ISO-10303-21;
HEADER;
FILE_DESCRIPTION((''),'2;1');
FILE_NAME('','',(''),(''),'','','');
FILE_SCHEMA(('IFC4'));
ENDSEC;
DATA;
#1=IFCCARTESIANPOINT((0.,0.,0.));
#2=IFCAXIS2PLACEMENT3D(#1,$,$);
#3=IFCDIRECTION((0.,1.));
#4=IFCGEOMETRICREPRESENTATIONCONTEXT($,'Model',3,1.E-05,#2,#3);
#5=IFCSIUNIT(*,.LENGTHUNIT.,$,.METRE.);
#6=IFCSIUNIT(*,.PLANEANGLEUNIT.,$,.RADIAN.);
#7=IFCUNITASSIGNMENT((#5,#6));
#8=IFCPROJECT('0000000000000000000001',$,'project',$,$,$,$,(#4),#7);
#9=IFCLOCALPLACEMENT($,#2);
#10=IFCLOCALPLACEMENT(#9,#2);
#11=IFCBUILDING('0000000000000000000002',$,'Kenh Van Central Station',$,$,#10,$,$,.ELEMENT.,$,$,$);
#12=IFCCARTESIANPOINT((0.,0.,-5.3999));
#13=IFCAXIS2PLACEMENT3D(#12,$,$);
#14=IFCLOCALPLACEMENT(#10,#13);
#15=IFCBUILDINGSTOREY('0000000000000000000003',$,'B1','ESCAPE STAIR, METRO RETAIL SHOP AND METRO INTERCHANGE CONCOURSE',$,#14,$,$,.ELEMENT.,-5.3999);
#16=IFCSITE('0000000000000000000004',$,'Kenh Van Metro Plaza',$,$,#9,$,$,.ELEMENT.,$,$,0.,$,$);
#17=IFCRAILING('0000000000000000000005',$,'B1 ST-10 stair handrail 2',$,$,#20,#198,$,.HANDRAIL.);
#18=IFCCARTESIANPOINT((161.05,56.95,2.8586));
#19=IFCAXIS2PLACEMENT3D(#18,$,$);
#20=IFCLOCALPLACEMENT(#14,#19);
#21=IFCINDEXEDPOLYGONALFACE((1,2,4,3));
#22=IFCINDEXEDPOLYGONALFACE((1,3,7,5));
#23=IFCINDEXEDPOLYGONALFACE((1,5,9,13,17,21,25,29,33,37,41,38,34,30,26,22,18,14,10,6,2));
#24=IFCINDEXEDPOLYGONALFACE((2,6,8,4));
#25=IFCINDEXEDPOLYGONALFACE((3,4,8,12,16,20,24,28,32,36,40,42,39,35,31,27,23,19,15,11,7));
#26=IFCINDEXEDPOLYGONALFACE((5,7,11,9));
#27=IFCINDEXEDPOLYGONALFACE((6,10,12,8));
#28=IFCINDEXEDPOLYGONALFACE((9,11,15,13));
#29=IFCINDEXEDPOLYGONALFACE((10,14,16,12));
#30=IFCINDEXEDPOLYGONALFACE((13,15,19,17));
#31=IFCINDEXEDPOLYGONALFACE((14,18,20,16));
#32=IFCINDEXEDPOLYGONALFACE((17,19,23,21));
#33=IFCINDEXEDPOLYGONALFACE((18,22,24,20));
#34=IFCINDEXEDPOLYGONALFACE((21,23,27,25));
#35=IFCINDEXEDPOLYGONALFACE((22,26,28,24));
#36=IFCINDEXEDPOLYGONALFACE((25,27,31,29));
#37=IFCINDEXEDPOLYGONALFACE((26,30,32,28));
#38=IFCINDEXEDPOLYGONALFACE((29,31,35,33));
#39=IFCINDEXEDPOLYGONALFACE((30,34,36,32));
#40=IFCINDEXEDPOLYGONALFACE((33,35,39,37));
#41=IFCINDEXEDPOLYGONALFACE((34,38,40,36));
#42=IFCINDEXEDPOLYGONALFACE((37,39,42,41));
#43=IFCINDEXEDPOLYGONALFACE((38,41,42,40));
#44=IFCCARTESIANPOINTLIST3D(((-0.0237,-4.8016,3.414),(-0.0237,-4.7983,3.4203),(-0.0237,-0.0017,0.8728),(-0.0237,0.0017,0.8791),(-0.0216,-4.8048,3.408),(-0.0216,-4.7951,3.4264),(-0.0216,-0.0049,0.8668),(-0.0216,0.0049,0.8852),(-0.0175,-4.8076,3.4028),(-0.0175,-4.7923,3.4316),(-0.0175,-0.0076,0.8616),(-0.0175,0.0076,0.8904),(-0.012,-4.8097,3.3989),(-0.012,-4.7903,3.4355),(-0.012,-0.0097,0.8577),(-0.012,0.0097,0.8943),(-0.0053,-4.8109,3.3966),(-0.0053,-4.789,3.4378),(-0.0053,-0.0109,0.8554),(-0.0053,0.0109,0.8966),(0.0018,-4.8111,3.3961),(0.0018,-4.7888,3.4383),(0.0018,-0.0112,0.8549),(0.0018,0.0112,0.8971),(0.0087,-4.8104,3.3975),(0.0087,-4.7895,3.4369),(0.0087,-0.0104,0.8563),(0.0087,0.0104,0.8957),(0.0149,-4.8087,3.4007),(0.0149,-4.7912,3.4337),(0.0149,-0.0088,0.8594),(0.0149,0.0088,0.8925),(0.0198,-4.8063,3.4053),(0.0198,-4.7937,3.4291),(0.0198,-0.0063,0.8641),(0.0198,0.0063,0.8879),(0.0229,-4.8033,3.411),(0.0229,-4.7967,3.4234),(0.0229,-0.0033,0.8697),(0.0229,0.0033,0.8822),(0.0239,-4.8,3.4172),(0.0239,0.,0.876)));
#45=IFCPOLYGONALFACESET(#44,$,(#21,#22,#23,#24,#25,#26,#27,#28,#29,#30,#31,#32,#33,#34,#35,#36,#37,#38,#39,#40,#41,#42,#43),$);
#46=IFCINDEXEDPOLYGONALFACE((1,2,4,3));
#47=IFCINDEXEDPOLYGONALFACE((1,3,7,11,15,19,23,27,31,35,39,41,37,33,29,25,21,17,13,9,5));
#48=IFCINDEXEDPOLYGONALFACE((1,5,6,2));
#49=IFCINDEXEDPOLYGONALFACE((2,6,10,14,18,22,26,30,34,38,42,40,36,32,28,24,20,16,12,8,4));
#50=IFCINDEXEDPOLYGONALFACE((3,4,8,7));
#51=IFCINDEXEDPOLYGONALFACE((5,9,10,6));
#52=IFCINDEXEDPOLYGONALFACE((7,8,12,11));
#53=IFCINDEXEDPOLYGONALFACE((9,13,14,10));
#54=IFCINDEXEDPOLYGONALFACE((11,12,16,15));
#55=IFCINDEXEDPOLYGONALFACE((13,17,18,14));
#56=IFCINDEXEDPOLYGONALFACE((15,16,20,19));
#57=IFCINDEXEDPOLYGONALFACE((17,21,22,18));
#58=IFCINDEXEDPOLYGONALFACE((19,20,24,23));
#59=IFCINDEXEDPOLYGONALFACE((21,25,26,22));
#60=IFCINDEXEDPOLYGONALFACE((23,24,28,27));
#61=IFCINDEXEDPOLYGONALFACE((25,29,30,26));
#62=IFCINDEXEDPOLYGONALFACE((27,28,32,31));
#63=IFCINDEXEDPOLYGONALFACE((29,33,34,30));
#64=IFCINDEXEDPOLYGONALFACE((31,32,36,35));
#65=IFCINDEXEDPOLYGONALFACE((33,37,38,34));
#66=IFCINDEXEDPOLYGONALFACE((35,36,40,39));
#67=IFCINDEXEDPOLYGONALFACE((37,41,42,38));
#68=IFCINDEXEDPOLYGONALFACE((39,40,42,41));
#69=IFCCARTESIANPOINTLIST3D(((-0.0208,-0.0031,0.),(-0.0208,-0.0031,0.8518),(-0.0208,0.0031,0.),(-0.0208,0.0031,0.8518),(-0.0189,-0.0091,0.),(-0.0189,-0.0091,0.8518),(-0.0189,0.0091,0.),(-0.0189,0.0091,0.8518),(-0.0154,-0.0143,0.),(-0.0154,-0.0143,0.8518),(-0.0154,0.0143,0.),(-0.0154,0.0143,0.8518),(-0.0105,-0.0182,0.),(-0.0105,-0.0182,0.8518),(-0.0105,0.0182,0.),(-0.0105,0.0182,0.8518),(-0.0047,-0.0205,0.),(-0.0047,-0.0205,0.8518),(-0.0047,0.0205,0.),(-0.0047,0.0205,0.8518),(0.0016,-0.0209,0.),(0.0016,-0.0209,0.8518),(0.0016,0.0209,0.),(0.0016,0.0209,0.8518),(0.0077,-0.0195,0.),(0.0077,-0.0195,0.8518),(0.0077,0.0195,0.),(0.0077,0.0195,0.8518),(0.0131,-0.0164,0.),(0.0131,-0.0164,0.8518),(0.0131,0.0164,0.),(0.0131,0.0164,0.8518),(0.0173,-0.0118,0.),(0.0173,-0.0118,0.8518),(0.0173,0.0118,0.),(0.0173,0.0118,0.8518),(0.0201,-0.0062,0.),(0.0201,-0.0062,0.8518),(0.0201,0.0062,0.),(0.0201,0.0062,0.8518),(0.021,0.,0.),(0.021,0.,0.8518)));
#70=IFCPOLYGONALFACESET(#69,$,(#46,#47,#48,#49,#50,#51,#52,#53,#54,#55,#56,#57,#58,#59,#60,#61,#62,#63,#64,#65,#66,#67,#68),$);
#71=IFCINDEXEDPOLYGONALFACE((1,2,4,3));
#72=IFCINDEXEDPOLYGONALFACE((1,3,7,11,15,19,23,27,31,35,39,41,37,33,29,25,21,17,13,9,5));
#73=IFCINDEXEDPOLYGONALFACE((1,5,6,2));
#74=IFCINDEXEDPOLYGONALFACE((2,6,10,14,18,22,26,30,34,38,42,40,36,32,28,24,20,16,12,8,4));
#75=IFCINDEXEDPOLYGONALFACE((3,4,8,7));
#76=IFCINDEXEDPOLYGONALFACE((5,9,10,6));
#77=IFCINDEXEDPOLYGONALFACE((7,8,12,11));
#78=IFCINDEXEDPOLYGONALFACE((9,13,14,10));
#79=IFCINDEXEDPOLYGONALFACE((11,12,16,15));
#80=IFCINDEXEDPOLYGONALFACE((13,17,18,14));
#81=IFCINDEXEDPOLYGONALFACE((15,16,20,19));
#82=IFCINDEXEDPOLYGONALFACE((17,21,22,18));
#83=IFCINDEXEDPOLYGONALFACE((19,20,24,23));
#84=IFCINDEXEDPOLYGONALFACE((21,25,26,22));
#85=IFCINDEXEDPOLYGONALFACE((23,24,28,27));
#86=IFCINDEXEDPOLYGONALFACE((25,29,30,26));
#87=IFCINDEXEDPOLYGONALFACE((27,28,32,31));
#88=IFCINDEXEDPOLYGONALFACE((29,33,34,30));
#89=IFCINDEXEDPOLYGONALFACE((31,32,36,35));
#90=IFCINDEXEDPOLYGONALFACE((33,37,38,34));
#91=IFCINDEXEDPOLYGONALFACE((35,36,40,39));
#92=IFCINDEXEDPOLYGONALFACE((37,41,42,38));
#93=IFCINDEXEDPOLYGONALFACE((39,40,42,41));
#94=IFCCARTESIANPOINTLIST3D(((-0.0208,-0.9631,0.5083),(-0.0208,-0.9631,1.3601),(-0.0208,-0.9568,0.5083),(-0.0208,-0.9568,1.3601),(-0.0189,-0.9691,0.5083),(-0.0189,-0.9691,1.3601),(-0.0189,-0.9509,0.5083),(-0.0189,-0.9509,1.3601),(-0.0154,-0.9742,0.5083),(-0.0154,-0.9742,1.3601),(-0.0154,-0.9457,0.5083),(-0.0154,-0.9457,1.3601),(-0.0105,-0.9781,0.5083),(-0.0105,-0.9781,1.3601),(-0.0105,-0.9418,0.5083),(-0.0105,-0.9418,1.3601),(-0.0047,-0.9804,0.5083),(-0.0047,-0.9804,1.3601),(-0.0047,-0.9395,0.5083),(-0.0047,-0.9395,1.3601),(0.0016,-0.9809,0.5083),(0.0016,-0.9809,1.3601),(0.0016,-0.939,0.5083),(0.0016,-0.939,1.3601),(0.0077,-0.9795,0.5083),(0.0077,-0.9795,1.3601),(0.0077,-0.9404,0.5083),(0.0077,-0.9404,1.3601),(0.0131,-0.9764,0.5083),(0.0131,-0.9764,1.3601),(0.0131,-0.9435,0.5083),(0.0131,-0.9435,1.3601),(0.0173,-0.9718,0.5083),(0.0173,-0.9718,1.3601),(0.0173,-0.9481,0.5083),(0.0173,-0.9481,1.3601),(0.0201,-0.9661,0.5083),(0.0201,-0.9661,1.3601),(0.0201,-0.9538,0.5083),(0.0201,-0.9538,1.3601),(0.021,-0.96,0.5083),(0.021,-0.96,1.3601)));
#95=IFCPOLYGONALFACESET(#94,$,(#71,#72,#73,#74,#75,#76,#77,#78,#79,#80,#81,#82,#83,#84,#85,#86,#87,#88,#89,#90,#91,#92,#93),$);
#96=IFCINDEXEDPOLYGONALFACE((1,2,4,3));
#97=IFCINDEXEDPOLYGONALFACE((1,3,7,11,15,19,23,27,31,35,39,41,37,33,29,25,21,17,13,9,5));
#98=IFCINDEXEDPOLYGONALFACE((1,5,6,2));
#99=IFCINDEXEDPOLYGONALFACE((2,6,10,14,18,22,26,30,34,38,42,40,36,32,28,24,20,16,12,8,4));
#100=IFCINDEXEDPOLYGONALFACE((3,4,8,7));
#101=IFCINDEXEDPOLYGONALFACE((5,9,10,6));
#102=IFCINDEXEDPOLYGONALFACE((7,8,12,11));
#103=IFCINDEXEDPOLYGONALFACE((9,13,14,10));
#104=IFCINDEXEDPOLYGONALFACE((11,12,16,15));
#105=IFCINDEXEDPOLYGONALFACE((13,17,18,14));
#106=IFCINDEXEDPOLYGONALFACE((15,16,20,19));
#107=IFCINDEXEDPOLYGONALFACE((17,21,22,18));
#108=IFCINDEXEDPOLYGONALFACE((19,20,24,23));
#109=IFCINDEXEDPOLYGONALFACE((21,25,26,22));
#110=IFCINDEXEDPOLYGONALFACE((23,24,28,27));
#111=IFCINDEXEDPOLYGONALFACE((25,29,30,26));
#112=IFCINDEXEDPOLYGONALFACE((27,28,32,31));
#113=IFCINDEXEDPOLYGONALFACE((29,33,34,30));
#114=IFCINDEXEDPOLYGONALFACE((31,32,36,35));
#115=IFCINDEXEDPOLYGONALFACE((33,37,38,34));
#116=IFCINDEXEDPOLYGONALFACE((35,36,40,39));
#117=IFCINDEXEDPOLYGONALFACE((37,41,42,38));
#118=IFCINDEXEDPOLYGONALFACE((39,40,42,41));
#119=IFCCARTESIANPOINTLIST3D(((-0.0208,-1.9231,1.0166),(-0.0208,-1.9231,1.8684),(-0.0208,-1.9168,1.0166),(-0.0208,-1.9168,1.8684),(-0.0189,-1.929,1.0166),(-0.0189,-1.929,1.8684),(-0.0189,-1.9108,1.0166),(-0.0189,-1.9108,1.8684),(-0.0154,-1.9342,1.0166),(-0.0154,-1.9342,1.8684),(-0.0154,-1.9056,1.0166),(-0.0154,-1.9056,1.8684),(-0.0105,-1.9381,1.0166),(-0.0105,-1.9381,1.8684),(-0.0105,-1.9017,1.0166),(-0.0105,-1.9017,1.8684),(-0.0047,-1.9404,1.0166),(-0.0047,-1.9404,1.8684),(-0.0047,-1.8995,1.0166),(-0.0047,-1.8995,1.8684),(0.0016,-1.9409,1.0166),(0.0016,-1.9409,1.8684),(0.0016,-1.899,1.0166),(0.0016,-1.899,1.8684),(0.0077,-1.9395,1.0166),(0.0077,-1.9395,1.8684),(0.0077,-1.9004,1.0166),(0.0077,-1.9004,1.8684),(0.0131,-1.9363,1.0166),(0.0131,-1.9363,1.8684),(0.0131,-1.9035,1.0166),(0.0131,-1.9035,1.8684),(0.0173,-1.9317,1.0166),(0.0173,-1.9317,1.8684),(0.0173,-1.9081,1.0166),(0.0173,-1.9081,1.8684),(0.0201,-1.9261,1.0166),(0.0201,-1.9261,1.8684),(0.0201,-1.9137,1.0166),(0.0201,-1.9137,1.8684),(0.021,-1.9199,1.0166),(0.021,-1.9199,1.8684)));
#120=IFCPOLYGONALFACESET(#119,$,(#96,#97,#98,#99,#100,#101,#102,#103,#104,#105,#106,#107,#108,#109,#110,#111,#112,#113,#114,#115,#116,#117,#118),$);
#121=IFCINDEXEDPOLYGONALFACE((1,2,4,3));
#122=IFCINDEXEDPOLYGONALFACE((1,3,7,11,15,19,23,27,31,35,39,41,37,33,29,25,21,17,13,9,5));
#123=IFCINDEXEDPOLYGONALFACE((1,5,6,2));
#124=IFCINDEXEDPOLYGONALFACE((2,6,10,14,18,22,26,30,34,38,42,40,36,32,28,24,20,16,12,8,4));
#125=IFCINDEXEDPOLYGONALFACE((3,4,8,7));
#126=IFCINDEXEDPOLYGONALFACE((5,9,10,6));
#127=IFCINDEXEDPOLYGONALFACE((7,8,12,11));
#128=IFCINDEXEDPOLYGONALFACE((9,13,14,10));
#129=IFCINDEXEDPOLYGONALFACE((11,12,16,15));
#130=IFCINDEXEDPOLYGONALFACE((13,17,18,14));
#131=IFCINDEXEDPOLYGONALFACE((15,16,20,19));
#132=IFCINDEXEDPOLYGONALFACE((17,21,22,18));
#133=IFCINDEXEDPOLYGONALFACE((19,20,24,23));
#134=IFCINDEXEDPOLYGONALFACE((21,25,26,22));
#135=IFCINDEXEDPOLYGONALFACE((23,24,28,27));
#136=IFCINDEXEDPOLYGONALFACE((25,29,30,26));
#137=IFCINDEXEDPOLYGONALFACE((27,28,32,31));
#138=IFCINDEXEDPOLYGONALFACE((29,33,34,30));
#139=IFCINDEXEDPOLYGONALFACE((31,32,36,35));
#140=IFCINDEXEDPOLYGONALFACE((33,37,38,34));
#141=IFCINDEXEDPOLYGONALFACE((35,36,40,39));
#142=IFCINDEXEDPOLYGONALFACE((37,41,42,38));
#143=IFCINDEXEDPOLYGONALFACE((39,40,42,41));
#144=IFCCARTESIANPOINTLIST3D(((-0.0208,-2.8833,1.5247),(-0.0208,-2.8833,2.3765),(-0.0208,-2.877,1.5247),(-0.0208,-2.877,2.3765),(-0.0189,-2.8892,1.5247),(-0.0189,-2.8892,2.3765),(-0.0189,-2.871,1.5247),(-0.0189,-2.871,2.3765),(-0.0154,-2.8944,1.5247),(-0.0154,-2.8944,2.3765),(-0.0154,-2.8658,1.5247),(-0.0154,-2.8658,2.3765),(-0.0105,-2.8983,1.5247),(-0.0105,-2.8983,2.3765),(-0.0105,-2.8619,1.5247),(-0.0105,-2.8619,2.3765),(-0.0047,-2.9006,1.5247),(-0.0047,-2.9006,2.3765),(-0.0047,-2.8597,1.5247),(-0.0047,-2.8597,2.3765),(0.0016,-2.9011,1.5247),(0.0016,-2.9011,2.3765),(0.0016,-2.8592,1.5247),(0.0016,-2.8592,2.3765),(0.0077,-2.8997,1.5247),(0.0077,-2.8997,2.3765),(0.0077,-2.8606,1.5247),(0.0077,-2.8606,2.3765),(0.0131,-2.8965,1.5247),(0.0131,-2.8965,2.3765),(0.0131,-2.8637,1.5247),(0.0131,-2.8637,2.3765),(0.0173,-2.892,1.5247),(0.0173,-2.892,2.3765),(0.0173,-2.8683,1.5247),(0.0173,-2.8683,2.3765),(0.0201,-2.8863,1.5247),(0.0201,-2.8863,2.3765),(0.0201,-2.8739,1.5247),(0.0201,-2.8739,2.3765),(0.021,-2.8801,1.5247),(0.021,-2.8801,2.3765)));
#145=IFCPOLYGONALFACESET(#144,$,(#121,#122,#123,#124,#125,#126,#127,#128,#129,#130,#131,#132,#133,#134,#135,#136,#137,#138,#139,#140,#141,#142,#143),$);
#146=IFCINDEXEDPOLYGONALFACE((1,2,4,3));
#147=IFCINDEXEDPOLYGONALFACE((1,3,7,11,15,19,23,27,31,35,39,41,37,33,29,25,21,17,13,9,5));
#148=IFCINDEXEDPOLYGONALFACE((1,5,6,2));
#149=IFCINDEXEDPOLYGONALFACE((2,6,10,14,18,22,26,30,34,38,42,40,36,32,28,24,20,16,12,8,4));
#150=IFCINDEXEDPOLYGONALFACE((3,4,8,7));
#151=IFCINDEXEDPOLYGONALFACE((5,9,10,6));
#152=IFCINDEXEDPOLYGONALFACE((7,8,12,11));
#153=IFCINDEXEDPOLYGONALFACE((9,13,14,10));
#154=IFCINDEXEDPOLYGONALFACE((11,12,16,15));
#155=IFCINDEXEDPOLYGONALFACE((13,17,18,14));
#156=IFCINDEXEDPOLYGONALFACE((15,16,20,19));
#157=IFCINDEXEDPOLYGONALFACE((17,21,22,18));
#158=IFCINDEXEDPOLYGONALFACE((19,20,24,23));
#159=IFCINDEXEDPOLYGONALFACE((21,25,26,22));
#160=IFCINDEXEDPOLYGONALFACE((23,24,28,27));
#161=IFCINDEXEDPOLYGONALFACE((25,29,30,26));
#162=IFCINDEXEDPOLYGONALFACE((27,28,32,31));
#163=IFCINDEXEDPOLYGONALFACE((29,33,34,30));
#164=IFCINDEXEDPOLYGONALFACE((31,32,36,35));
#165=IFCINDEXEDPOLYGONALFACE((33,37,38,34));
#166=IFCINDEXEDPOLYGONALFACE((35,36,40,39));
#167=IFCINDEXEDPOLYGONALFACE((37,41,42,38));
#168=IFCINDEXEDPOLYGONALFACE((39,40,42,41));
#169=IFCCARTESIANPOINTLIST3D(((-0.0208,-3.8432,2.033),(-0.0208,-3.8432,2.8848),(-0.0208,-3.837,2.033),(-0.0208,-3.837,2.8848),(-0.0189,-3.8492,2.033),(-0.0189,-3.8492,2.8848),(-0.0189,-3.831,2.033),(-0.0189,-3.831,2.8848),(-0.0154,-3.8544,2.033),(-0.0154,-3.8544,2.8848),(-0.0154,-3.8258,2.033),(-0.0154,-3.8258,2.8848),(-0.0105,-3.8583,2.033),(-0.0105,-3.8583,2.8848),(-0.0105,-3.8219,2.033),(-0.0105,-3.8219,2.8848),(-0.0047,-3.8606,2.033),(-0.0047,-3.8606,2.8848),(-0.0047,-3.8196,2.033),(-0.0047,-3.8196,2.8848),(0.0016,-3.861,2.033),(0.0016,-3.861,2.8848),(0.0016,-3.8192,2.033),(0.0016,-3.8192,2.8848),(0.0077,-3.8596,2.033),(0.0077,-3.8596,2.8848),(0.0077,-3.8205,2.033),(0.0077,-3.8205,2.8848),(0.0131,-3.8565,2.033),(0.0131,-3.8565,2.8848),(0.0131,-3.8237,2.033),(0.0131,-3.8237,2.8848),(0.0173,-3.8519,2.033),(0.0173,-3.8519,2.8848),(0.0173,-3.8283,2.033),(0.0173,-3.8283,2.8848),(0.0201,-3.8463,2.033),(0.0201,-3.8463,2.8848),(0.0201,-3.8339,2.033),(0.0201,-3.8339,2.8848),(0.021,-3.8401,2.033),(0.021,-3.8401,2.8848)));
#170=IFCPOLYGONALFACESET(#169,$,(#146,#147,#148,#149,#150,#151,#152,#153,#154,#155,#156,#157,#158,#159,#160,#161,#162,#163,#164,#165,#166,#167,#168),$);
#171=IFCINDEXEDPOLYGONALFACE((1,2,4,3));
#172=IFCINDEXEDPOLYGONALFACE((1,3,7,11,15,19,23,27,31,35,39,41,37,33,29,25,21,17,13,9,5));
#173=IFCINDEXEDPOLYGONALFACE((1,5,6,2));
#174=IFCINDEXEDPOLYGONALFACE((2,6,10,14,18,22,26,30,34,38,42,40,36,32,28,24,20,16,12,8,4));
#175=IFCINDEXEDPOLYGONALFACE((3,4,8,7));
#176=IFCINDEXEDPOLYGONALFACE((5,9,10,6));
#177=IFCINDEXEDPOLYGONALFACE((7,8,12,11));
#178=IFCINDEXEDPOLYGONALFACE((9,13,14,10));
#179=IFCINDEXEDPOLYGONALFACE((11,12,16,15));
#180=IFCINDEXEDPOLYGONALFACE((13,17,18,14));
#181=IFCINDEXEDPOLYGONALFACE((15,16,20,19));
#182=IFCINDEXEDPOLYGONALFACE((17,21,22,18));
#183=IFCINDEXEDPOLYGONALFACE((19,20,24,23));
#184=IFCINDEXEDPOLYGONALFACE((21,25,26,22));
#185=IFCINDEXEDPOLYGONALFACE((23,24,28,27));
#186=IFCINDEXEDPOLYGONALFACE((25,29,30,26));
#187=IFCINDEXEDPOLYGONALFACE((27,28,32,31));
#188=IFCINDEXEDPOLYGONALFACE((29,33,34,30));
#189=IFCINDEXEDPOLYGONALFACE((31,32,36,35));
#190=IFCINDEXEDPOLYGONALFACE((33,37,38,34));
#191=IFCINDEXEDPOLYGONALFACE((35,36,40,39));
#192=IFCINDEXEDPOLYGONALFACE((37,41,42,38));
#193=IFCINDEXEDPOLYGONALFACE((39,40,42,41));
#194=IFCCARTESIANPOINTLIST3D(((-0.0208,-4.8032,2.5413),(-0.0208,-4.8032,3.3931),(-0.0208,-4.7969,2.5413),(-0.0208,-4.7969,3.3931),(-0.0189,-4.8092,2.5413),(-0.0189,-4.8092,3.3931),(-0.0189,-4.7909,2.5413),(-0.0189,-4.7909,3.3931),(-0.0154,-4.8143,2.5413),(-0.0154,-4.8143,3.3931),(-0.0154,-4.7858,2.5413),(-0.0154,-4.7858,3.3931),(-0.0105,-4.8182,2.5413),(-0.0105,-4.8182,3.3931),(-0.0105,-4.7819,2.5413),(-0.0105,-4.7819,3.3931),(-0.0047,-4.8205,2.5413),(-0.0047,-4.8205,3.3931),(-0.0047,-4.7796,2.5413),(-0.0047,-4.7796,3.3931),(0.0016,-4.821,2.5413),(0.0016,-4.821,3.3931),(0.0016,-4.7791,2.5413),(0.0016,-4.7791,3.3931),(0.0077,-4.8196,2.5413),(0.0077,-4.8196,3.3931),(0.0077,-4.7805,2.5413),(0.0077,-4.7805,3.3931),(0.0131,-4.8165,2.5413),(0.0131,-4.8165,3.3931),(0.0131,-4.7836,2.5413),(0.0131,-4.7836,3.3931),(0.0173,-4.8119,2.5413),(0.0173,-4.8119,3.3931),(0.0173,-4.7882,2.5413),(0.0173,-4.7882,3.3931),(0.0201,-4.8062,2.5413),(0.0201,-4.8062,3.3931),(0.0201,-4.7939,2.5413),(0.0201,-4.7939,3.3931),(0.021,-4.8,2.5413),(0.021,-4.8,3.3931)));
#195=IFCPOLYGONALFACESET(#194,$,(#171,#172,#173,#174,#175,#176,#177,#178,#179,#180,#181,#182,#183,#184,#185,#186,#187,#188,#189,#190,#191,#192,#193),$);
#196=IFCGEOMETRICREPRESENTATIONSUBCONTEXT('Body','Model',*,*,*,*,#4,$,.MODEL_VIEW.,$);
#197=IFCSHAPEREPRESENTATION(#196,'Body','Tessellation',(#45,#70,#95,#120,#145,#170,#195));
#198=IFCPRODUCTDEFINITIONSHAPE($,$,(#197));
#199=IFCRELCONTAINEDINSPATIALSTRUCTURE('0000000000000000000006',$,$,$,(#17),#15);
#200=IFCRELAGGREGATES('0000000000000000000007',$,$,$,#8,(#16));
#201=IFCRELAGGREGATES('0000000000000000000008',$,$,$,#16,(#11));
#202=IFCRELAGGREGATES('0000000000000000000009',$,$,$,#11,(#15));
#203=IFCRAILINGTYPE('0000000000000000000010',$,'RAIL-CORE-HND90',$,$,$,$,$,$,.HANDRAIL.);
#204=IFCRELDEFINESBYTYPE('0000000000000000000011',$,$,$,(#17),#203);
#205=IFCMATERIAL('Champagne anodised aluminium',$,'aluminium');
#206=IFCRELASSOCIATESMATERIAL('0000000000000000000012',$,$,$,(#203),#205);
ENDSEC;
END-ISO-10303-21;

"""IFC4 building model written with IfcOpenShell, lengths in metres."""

from ifc_helpers import new_model, si_unit, direction, frame, origin, origin_2d, place, context, subcontext, project, spatial, circle, extrude, material, type_object, element, save


model = new_model("IFC4")

# Units and contexts
model_context = context("Model", 3, precision=1e-05, world=origin(), true_north=direction((0.0, 1.0)))
body_context = subcontext(model_context, "Body", "Model", "MODEL_VIEW")
ifc_project = project(units=[si_unit("LENGTHUNIT", "METRE"), si_unit("PLANEANGLEUNIT", "RADIAN")], contexts=[model_context])

# Site, building, storey
site_placement = place(None, origin())
site = spatial("IfcSite", under=ifc_project, at=site_placement, Name="Kenh Van Metro Plaza", CompositionType="ELEMENT", RefElevation=0.0)
building_placement = place(site_placement, origin())
building = spatial("IfcBuilding", under=site, at=building_placement, Name="Kenh Van Central Station", CompositionType="ELEMENT")
storey_placement = place(building_placement, frame((0.0, 0.0, -5.3999)))
storey = spatial("IfcBuildingStorey", under=building, at=storey_placement, Name="B1", Description="ESCAPE STAIR, METRO RETAIL SHOP AND METRO INTERCHANGE CONCOURSE", CompositionType="ELEMENT", Elevation=-5.3999)

# Shared definitions
ifc_material_1 = material(Name="Champagne anodised aluminium", Category="aluminium")

# Railing
railing_type_1 = type_object("IfcRailingType", Name="RAIL-CORE-HND90", PredefinedType="HANDRAIL", material=ifc_material_1)
railing_1_placement = place(storey_placement, frame((161.05, 56.95, 2.8586)))
element("IfcRailing", 1, at=railing_1_placement, inside=storey, type_object=railing_type_1, Name="B1 ST-10 stair handrail 2", PredefinedType="HANDRAIL", context=body_context, shape_type="SweptSolid", body=[
    extrude(circle(Radius=0.0239, at=origin_2d()), frame((0.0, 0.0, 0.876), z_axis=(0.0, -0.883784, 0.467896), x_axis=(1.0, 0.0, 0.0)), (0.0, 0.0, 1.0), 5.4312),
    extrude(circle(Radius=0.021, at=origin_2d()), origin(), (0.0, 0.0, 1.0), 0.8518),
    extrude(circle(Radius=0.021, at=origin_2d()), frame((0.0, -0.96, 0.5083)), (0.0, 0.0, 1.0), 0.8518),
    extrude(circle(Radius=0.021, at=origin_2d()), frame((0.0, -1.9199, 1.0166)), (0.0, 0.0, 1.0), 0.8518),
    extrude(circle(Radius=0.021, at=origin_2d()), frame((0.0, -2.8801, 1.5247)), (0.0, 0.0, 1.0), 0.8518),
    extrude(circle(Radius=0.021, at=origin_2d()), frame((0.0, -3.8401, 2.033)), (0.0, 0.0, 1.0), 0.8518),
    extrude(circle(Radius=0.021, at=origin_2d()), frame((0.0, -4.8, 2.5413)), (0.0, 0.0, 1.0), 0.8518),
])

save(model, "model.ifc")
